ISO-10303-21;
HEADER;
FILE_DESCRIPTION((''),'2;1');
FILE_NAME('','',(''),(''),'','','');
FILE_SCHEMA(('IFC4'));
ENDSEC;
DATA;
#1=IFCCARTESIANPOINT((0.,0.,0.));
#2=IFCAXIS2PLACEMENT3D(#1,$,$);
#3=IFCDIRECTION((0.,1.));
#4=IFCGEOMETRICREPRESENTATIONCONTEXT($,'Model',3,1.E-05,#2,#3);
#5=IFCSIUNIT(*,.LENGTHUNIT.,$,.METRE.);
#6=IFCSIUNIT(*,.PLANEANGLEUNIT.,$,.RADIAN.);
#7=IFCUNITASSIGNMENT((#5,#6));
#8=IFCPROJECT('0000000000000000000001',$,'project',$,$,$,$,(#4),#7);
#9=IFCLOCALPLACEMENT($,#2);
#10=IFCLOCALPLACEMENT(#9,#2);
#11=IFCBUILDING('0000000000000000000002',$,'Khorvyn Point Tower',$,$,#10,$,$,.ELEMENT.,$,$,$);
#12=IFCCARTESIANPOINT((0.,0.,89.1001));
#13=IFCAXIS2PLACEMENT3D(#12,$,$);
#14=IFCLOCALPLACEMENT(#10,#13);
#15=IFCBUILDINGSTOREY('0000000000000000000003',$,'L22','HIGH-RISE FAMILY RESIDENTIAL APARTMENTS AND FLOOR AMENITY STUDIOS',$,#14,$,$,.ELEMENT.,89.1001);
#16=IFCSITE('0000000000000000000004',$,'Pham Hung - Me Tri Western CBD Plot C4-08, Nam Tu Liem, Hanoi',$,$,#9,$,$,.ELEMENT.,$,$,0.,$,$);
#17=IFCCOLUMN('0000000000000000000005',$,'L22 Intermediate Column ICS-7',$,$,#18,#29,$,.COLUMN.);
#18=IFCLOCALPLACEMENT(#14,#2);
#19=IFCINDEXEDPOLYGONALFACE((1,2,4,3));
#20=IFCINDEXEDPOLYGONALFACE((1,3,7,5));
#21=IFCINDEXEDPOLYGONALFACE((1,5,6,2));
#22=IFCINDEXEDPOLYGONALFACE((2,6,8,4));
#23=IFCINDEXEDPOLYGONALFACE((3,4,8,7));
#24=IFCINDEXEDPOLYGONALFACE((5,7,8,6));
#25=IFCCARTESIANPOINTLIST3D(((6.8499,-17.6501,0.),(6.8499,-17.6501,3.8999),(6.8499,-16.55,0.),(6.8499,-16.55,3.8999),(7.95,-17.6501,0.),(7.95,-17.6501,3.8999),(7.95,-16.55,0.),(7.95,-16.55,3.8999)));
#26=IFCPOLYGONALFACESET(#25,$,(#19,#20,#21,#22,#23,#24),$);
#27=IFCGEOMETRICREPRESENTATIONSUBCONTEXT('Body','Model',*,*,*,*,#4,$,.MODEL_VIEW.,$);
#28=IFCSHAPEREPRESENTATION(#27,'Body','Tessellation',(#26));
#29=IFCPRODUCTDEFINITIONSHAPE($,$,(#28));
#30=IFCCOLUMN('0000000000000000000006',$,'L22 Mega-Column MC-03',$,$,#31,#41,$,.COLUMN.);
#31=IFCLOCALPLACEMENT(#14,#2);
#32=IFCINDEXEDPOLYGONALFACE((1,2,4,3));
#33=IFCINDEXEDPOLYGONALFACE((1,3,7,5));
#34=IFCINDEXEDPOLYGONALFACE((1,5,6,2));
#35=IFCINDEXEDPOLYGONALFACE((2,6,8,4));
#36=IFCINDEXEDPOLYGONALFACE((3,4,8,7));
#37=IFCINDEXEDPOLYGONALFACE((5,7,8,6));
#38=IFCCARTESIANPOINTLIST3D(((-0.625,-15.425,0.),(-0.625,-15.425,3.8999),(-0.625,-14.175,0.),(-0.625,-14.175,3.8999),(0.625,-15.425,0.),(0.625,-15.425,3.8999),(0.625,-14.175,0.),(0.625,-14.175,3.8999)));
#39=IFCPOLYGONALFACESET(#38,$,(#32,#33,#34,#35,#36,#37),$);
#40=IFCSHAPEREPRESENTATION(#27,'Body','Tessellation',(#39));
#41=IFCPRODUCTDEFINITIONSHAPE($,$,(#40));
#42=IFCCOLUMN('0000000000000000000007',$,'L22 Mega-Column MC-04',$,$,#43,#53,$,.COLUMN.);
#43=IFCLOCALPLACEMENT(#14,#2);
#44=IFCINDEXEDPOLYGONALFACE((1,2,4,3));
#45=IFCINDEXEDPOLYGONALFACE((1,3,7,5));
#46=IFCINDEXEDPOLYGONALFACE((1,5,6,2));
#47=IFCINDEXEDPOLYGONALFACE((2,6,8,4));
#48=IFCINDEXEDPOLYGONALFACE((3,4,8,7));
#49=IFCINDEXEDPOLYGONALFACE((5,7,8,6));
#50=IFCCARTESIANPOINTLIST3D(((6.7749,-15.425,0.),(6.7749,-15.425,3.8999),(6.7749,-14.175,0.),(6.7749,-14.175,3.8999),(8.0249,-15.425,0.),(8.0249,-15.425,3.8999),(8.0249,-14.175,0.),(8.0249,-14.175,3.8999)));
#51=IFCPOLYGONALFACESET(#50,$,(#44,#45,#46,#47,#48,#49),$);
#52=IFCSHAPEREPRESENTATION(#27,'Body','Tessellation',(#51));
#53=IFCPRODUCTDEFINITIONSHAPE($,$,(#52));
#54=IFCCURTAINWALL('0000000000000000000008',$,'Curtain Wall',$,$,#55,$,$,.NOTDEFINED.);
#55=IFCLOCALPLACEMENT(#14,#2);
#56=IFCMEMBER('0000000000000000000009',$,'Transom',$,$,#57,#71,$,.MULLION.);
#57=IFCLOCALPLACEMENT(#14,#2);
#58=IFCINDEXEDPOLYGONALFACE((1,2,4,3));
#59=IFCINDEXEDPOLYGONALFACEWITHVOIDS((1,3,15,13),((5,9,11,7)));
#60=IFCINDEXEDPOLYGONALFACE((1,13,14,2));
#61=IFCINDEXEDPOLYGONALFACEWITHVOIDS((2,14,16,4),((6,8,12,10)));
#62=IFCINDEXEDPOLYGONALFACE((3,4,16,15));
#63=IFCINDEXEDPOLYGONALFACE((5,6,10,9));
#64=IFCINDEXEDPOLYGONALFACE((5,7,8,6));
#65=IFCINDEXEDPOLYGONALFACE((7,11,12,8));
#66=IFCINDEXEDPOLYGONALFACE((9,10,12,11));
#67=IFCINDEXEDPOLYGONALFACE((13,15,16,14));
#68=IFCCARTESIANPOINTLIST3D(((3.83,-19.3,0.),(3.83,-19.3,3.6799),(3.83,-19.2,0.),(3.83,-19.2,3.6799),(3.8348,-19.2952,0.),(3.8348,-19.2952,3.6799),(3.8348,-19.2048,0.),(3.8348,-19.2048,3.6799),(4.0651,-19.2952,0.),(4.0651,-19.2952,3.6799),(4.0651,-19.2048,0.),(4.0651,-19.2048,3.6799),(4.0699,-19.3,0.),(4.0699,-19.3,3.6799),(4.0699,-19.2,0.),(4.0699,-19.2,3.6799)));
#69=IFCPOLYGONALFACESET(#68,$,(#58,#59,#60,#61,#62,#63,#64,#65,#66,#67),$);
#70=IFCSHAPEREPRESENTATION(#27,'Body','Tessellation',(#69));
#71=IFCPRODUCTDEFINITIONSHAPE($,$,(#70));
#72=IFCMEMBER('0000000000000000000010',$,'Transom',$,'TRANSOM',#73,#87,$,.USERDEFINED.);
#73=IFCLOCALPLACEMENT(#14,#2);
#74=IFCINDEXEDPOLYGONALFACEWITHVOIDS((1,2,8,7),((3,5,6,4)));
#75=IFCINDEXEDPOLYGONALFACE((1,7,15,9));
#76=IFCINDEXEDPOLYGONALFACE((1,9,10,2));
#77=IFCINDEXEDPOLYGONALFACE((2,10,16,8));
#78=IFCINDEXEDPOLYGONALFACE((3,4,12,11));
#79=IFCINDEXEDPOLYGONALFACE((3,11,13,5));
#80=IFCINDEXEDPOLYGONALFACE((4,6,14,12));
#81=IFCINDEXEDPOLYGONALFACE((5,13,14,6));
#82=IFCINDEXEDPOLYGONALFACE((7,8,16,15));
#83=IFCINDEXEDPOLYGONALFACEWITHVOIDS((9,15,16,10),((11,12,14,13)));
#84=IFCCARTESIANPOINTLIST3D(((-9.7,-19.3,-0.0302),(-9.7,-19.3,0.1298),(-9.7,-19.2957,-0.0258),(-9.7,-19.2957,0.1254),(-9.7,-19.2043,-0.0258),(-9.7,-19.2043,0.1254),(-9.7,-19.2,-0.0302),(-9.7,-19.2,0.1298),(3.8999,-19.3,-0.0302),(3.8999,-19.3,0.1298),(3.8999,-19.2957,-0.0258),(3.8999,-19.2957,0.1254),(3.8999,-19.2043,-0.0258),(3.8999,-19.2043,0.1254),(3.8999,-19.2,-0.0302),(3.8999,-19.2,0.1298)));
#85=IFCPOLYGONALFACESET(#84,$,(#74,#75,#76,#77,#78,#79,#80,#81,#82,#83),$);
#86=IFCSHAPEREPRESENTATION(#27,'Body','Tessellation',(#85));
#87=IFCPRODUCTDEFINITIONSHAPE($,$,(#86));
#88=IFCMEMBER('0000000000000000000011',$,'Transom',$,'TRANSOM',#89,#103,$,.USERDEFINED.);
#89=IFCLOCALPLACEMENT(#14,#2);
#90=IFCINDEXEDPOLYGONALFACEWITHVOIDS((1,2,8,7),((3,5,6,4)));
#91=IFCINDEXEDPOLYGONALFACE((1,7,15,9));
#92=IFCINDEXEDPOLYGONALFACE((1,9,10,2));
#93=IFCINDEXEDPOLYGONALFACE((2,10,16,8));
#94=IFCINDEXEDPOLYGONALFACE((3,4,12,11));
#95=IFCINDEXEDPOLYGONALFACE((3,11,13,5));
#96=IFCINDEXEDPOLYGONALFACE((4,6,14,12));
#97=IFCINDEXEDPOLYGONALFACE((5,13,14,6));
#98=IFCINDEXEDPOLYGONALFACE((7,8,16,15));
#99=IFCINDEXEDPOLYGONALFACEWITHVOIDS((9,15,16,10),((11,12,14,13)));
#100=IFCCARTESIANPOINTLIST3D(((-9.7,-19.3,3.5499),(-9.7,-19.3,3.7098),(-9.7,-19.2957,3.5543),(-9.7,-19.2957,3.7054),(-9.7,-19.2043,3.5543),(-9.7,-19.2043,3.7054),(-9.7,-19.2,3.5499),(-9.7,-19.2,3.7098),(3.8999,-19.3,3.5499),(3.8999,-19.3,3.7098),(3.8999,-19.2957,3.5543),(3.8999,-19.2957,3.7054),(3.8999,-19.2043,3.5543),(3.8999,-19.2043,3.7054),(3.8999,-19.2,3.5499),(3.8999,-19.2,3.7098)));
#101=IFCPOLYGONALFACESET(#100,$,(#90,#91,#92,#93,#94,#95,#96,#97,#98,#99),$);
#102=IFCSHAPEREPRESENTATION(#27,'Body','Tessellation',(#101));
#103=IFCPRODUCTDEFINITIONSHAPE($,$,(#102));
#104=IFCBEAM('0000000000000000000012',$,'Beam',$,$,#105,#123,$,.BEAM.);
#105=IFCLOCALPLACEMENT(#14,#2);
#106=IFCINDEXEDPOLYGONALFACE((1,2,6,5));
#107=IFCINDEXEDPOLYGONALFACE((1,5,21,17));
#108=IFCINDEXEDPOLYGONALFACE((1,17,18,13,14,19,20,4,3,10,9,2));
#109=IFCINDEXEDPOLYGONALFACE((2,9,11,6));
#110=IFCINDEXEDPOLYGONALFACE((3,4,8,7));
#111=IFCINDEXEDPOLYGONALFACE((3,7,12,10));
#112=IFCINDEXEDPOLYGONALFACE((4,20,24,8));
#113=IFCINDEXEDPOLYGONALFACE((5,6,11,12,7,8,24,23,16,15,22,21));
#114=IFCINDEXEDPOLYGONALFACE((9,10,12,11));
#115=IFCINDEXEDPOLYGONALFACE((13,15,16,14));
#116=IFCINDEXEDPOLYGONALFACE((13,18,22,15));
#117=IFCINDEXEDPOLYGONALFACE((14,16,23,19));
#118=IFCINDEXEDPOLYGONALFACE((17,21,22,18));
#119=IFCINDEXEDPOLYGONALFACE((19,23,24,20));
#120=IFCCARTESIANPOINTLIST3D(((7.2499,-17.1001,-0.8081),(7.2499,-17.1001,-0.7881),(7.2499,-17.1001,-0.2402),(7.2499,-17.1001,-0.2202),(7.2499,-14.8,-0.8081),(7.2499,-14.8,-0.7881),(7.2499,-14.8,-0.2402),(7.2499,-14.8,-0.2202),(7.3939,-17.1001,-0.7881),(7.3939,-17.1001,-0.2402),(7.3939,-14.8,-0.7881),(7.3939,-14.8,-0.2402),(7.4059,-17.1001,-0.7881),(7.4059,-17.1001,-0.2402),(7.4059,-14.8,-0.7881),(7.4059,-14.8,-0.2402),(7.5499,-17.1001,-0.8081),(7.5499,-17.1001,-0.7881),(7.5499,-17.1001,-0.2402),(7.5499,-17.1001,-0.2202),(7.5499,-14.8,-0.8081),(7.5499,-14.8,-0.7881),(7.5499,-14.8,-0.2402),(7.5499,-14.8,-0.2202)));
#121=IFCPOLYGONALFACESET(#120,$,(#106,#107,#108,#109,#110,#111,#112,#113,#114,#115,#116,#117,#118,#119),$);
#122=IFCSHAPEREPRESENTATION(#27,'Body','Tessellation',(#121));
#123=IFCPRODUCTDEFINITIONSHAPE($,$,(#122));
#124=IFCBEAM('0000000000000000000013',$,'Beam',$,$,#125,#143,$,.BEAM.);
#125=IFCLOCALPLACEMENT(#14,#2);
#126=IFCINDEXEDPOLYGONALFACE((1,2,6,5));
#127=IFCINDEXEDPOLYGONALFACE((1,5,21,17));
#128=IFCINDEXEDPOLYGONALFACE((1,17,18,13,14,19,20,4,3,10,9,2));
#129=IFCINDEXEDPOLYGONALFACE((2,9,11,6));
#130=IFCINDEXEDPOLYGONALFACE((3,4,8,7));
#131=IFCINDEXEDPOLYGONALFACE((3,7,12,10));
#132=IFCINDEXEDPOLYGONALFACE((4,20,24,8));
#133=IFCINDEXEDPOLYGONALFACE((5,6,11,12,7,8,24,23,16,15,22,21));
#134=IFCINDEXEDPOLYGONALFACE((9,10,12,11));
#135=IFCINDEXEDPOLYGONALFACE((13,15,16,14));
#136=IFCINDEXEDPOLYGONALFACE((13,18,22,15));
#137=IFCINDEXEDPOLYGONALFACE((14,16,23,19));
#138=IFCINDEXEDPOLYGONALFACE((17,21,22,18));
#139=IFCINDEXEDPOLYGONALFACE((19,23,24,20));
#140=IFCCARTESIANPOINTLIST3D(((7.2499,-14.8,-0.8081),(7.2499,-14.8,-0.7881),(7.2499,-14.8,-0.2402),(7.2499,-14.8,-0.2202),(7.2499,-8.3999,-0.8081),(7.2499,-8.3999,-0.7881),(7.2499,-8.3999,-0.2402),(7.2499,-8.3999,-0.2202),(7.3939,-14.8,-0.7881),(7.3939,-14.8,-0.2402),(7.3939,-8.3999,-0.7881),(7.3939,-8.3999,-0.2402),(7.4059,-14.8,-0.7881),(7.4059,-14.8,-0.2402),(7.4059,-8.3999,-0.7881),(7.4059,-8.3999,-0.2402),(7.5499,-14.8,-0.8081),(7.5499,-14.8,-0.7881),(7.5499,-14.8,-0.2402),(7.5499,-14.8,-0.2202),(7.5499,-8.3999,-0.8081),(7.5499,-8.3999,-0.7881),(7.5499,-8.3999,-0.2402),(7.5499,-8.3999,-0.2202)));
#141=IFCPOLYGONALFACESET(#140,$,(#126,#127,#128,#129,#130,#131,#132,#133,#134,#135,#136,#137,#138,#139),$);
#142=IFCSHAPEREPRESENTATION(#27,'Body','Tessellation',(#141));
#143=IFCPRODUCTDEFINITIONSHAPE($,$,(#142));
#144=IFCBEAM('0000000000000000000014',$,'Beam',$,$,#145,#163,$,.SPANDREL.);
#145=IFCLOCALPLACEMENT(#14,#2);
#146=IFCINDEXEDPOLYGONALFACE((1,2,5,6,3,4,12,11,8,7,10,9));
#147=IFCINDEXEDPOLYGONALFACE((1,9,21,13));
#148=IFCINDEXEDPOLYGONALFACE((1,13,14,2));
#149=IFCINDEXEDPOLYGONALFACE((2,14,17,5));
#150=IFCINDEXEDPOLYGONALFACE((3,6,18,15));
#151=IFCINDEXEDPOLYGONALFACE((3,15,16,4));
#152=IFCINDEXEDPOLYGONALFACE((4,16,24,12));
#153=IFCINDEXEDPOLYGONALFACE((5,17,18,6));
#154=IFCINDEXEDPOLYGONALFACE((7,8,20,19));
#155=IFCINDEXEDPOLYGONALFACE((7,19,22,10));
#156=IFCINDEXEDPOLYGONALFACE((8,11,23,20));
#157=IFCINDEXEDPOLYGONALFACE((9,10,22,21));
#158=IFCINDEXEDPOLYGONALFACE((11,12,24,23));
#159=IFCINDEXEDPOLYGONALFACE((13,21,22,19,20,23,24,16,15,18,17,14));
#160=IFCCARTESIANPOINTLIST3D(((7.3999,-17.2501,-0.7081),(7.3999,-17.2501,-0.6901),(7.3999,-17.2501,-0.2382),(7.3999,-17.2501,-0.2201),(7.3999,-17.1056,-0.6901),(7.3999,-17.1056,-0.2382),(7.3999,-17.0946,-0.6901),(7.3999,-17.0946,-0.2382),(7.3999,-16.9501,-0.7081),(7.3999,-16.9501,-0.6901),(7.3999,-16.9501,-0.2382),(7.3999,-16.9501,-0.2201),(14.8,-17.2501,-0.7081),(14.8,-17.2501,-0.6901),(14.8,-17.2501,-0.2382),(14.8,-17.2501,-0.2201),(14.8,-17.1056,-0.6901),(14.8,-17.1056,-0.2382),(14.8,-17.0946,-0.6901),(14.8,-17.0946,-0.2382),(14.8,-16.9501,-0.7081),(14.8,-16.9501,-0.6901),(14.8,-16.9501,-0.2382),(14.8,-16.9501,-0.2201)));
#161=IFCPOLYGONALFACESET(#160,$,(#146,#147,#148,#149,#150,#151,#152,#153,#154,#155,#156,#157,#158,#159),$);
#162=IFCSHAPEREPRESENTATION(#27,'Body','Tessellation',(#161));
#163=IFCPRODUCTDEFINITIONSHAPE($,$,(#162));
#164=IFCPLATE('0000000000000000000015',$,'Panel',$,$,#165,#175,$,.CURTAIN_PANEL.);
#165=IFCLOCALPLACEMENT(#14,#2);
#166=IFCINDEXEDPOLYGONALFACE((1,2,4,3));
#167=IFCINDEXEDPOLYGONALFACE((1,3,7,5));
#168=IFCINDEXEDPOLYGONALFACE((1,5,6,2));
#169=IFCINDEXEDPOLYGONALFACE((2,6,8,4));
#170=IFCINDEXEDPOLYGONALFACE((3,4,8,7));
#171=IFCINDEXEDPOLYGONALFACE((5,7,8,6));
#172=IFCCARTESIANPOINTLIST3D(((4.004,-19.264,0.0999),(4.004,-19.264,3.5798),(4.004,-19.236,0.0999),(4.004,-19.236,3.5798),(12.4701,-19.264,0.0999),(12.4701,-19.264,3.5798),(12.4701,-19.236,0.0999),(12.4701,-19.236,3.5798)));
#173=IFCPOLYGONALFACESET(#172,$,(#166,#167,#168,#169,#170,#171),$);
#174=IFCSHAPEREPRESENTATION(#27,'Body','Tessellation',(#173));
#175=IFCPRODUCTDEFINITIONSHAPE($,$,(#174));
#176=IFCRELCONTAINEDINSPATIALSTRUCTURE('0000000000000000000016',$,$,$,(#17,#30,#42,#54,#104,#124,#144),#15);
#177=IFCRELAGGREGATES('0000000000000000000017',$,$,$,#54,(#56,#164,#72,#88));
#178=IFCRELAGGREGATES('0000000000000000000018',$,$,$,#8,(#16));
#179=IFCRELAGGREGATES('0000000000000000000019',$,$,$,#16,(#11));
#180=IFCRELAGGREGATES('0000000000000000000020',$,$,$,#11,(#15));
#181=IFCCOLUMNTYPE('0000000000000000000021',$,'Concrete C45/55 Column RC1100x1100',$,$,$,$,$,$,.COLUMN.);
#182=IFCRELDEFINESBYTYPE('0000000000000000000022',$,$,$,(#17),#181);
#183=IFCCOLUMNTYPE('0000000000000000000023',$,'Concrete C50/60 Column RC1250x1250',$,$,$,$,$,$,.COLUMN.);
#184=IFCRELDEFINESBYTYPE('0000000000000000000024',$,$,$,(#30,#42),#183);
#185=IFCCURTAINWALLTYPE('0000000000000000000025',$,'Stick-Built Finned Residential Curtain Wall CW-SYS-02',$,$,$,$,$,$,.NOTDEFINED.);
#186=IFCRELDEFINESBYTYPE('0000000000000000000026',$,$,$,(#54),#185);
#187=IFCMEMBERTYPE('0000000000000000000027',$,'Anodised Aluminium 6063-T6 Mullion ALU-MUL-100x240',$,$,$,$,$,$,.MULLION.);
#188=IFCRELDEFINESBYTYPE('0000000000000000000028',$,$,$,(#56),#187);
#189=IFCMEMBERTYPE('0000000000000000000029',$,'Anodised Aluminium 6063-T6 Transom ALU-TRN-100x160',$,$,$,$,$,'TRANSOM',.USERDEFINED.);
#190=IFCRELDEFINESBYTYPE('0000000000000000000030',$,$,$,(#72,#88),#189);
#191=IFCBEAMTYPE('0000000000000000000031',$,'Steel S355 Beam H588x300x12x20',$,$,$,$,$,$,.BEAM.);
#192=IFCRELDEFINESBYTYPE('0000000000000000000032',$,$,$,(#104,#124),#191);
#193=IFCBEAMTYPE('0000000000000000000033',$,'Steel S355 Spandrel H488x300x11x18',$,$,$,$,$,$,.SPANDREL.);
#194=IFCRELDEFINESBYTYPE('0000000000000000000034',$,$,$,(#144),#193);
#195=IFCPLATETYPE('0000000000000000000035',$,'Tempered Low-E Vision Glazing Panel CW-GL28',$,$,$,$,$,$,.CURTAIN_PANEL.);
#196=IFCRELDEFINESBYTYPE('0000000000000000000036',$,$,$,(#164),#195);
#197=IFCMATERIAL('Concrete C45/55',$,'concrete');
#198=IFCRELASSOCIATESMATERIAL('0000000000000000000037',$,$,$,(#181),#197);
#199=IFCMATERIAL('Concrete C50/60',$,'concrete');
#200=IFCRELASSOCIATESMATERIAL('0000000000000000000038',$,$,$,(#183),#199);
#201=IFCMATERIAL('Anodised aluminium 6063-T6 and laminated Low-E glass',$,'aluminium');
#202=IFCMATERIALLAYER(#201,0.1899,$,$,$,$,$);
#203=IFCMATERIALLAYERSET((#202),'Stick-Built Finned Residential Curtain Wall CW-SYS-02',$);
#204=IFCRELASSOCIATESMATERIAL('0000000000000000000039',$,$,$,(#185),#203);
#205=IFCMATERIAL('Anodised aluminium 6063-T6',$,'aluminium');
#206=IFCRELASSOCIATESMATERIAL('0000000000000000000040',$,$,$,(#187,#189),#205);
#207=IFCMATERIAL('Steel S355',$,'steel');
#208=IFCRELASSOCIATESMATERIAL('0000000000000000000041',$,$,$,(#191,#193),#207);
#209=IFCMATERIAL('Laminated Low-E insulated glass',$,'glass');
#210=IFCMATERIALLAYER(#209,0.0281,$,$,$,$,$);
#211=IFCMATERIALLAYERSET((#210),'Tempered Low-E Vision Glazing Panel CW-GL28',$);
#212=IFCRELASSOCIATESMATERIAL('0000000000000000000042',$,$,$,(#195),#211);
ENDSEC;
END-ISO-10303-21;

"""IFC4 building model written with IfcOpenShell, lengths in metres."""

from ifc_helpers import new_model, si_unit, direction, frame, origin, origin_2d, place, context, subcontext, project, spatial, rectangle, hollow_rectangle, i_section, extrude, material, layer, layer_set, material_profile, profile_set, type_object, element, aggregate, save


model = new_model("IFC4")

# Units and contexts
model_context = context("Model", 3, precision=1e-05, world=origin(), true_north=direction((0.0, 1.0)))
body_context = subcontext(model_context, "Body", "Model", "MODEL_VIEW")
ifc_project = project(units=[si_unit("LENGTHUNIT", "METRE"), si_unit("PLANEANGLEUNIT", "RADIAN")], contexts=[model_context])

# Site, building, storey
site_placement = place(None, origin())
site = spatial("IfcSite", under=ifc_project, at=site_placement, Name="Pham Hung - Me Tri Western CBD Plot C4-08, Nam Tu Liem, Hanoi", CompositionType="ELEMENT", RefElevation=0.0)
building_placement = place(site_placement, origin())
building = spatial("IfcBuilding", under=site, at=building_placement, Name="Khorvyn Point Tower", CompositionType="ELEMENT")
storey_placement = place(building_placement, frame((0.0, 0.0, 89.1001)))
storey = spatial("IfcBuildingStorey", under=building, at=storey_placement, Name="L22", Description="HIGH-RISE FAMILY RESIDENTIAL APARTMENTS AND FLOOR AMENITY STUDIOS", CompositionType="ELEMENT", Elevation=89.1001)

# Columns
ifc_material_1 = material(Name="Concrete C45/55", Category="concrete")
ifc_material_profile_1 = material_profile(ifc_material_1, rectangle(XDim=1.1001, YDim=1.1001, at=origin_2d()))
ifc_profile_set_1 = profile_set([ifc_material_profile_1], Name="Concrete C45/55 RC1100x1100")
column_type_1 = type_object("IfcColumnType", Name="Concrete C45/55 Column RC1100x1100", PredefinedType="COLUMN", material=ifc_profile_set_1)
column_placement = place(storey_placement, frame((7.3999, -17.1001, 0.0), z_axis=(0.0, 0.0, 1.0), x_axis=(1.0, 0.0, 0.0)))
element("IfcColumn", 1, at=column_placement, inside=storey, type_object=column_type_1, Name="L22 Intermediate Column ICS-7", PredefinedType="COLUMN", context=body_context, shape_type="SweptSolid", body=[
    extrude(rectangle(XDim=1.1001, YDim=1.1001, at=origin_2d()), origin(), (0.0, 0.0, 1.0), 3.8999),
])
ifc_material_2 = material(Name="Concrete C50/60", Category="concrete")
ifc_material_profile_2 = material_profile(ifc_material_2, rectangle(XDim=1.25, YDim=1.25, at=origin_2d()))
ifc_profile_set_2 = profile_set([ifc_material_profile_2], Name="Concrete C50/60 RC1250x1250")
column_type_2 = type_object("IfcColumnType", Name="Concrete C50/60 Column RC1250x1250", PredefinedType="COLUMN", material=ifc_profile_set_2)
for number, where, z_axis, x_axis, name in (
    (2, (0.0, -14.8, 0.0), (0.0, 0.0, 1.0), (1.0, 0.0, 0.0), "L22 Mega-Column MC-03"),
    (3, (7.3999, -14.8, 0.0), (0.0, 0.0, 1.0), (1.0, 0.0, 0.0), "L22 Mega-Column MC-04"),
):
    element("IfcColumn", number, at=place(storey_placement, frame(where, z_axis=z_axis, x_axis=x_axis)), inside=storey, type_object=column_type_2, Name=name, PredefinedType="COLUMN", context=body_context, shape_type="SweptSolid", body=[
        extrude(rectangle(XDim=1.25, YDim=1.25, at=origin_2d()), origin(), (0.0, 0.0, 1.0), 3.8999),
    ])

# Curtain wall, members
ifc_material_3 = material(Name="Anodised aluminium 6063-T6 and laminated Low-E glass", Category="aluminium")
ifc_layer_1 = layer(ifc_material_3, 0.1899)
ifc_layer_set_1 = layer_set([ifc_layer_1], Name="Stick-Built Finned Residential Curtain Wall CW-SYS-02")
curtain_wall_type = type_object("IfcCurtainWallType", Name="Stick-Built Finned Residential Curtain Wall CW-SYS-02", PredefinedType="NOTDEFINED", material=ifc_layer_set_1)
curtain_wall_placement = place(storey_placement, origin())
curtain_wall = element("IfcCurtainWall", 4, at=curtain_wall_placement, inside=storey, type_object=curtain_wall_type, Name="Curtain Wall", PredefinedType="NOTDEFINED")
ifc_material_4 = material(Name="Anodised aluminium 6063-T6", Category="aluminium")
ifc_material_profile_3 = material_profile(ifc_material_4, hollow_rectangle(XDim=0.1001, YDim=0.24, WallThickness=0.0049, at=origin_2d()))
ifc_profile_set_3 = profile_set([ifc_material_profile_3], Name="Anodised aluminium 6063-T6 ALU-MUL-100x240")
member_type_1 = type_object("IfcMemberType", Name="Anodised Aluminium 6063-T6 Mullion ALU-MUL-100x240", PredefinedType="MULLION", material=ifc_profile_set_3)
member_1_placement = place(storey_placement, frame((3.95, -19.25, 0.0), z_axis=(0.0, 0.0, 1.0), x_axis=(0.0, -1.0, 0.0)))
member_1 = element("IfcMember", 5, at=member_1_placement, type_object=member_type_1, Name="Transom", PredefinedType="MULLION", context=body_context, shape_type="SweptSolid", body=[
    extrude(hollow_rectangle(XDim=0.1001, YDim=0.24, WallThickness=0.0049, at=origin_2d()), origin(), (0.0, 0.0, 1.0), 3.6799),
])
ifc_material_profile_4 = material_profile(ifc_material_4, hollow_rectangle(XDim=0.1001, YDim=0.1599, WallThickness=0.0044, at=origin_2d()))
ifc_profile_set_4 = profile_set([ifc_material_profile_4], Name="Anodised aluminium 6063-T6 ALU-TRN-100x160")
member_type_2 = type_object("IfcMemberType", Name="Anodised Aluminium 6063-T6 Transom ALU-TRN-100x160", ElementType="TRANSOM", PredefinedType="USERDEFINED", material=ifc_profile_set_4)
member_2_placement = place(storey_placement, frame((3.8999, -19.25, 0.0498), z_axis=(-1.0, 0.0, 0.0), x_axis=(0.0, -1.0, 0.0)))
member_2 = element("IfcMember", 6, at=member_2_placement, type_object=member_type_2, Name="Transom", ObjectType="TRANSOM", PredefinedType="USERDEFINED", context=body_context, shape_type="SweptSolid", body=[
    extrude(hollow_rectangle(XDim=0.1001, YDim=0.1599, WallThickness=0.0044, at=origin_2d()), origin(), (0.0, 0.0, 1.0), 13.5999),
])
member_3_placement = place(storey_placement, frame((3.8999, -19.25, 3.6299), z_axis=(-1.0, 0.0, 0.0), x_axis=(0.0, -1.0, 0.0)))
member_3 = element("IfcMember", 7, at=member_3_placement, type_object=member_type_2, Name="Transom", ObjectType="TRANSOM", PredefinedType="USERDEFINED", context=body_context, shape_type="SweptSolid", body=[
    extrude(hollow_rectangle(XDim=0.1001, YDim=0.1599, WallThickness=0.0044, at=origin_2d()), origin(), (0.0, 0.0, 1.0), 13.5999),
])

# Beams
ifc_material_5 = material(Name="Steel S355", Category="steel")
ifc_material_profile_5 = material_profile(ifc_material_5, i_section(OverallWidth=0.3, OverallDepth=0.5879, WebThickness=0.012, FlangeThickness=0.02, at=origin_2d()))
ifc_profile_set_5 = profile_set([ifc_material_profile_5], Name="Steel S355 H588x300x12x20")
beam_type_1 = type_object("IfcBeamType", Name="Steel S355 Beam H588x300x12x20", PredefinedType="BEAM", material=ifc_profile_set_5)
beam_1_placement = place(storey_placement, frame((7.3999, -17.1001, -0.5142), z_axis=(0.0, 1.0, 0.0), x_axis=(-1.0, 0.0, 0.0)))
element("IfcBeam", 8, at=beam_1_placement, inside=storey, type_object=beam_type_1, Name="Beam", PredefinedType="BEAM", context=body_context, shape_type="SweptSolid", body=[
    extrude(i_section(OverallWidth=0.3, OverallDepth=0.5879, WebThickness=0.012, FlangeThickness=0.02, at=origin_2d()), origin(), (0.0, 0.0, 1.0), 2.3),
])
beam_2_placement = place(storey_placement, frame((7.3999, -14.8, -0.5142), z_axis=(0.0, 1.0, 0.0), x_axis=(-1.0, 0.0, 0.0)))
element("IfcBeam", 9, at=beam_2_placement, inside=storey, type_object=beam_type_1, Name="Beam", PredefinedType="BEAM", context=body_context, shape_type="SweptSolid", body=[
    extrude(i_section(OverallWidth=0.3, OverallDepth=0.5879, WebThickness=0.012, FlangeThickness=0.02, at=origin_2d()), origin(), (0.0, 0.0, 1.0), 6.4001),
])
ifc_material_profile_6 = material_profile(ifc_material_5, i_section(OverallWidth=0.3, OverallDepth=0.488, WebThickness=0.011, FlangeThickness=0.0181, at=origin_2d()))
ifc_profile_set_6 = profile_set([ifc_material_profile_6], Name="Steel S355 H488x300x11x18")
beam_type_2 = type_object("IfcBeamType", Name="Steel S355 Spandrel H488x300x11x18", PredefinedType="SPANDREL", material=ifc_profile_set_6)
beam_3_placement = place(storey_placement, frame((7.3999, -17.1001, -0.4641), z_axis=(1.0, 0.0, 0.0), x_axis=(0.0, 1.0, 0.0)))
element("IfcBeam", 10, at=beam_3_placement, inside=storey, type_object=beam_type_2, Name="Beam", PredefinedType="SPANDREL", context=body_context, shape_type="SweptSolid", body=[
    extrude(i_section(OverallWidth=0.3, OverallDepth=0.488, WebThickness=0.011, FlangeThickness=0.0181, at=origin_2d()), origin(), (0.0, 0.0, 1.0), 7.4001),
])

# Plate
ifc_material_6 = material(Name="Laminated Low-E insulated glass", Category="glass")
ifc_layer_2 = layer(ifc_material_6, 0.0281)
ifc_layer_set_2 = layer_set([ifc_layer_2], Name="Tempered Low-E Vision Glazing Panel CW-GL28")
plate_type = type_object("IfcPlateType", Name="Tempered Low-E Vision Glazing Panel CW-GL28", PredefinedType="CURTAIN_PANEL", material=ifc_layer_set_2)
plate_1_placement = place(storey_placement, frame((8.2371, -19.25, 0.0999), z_axis=(0.0, 0.0, 1.0), x_axis=(-1.0, 0.0, 0.0)))
plate_1 = element("IfcPlate", 11, at=plate_1_placement, type_object=plate_type, Name="Panel", PredefinedType="CURTAIN_PANEL", context=body_context, shape_type="SweptSolid", body=[
    extrude(rectangle(XDim=8.4661, YDim=0.0281, at=origin_2d()), origin(), (0.0, 0.0, 1.0), 3.48),
])
aggregate(curtain_wall, [member_1, plate_1, member_2, member_3])

save(model, "model.ifc")
